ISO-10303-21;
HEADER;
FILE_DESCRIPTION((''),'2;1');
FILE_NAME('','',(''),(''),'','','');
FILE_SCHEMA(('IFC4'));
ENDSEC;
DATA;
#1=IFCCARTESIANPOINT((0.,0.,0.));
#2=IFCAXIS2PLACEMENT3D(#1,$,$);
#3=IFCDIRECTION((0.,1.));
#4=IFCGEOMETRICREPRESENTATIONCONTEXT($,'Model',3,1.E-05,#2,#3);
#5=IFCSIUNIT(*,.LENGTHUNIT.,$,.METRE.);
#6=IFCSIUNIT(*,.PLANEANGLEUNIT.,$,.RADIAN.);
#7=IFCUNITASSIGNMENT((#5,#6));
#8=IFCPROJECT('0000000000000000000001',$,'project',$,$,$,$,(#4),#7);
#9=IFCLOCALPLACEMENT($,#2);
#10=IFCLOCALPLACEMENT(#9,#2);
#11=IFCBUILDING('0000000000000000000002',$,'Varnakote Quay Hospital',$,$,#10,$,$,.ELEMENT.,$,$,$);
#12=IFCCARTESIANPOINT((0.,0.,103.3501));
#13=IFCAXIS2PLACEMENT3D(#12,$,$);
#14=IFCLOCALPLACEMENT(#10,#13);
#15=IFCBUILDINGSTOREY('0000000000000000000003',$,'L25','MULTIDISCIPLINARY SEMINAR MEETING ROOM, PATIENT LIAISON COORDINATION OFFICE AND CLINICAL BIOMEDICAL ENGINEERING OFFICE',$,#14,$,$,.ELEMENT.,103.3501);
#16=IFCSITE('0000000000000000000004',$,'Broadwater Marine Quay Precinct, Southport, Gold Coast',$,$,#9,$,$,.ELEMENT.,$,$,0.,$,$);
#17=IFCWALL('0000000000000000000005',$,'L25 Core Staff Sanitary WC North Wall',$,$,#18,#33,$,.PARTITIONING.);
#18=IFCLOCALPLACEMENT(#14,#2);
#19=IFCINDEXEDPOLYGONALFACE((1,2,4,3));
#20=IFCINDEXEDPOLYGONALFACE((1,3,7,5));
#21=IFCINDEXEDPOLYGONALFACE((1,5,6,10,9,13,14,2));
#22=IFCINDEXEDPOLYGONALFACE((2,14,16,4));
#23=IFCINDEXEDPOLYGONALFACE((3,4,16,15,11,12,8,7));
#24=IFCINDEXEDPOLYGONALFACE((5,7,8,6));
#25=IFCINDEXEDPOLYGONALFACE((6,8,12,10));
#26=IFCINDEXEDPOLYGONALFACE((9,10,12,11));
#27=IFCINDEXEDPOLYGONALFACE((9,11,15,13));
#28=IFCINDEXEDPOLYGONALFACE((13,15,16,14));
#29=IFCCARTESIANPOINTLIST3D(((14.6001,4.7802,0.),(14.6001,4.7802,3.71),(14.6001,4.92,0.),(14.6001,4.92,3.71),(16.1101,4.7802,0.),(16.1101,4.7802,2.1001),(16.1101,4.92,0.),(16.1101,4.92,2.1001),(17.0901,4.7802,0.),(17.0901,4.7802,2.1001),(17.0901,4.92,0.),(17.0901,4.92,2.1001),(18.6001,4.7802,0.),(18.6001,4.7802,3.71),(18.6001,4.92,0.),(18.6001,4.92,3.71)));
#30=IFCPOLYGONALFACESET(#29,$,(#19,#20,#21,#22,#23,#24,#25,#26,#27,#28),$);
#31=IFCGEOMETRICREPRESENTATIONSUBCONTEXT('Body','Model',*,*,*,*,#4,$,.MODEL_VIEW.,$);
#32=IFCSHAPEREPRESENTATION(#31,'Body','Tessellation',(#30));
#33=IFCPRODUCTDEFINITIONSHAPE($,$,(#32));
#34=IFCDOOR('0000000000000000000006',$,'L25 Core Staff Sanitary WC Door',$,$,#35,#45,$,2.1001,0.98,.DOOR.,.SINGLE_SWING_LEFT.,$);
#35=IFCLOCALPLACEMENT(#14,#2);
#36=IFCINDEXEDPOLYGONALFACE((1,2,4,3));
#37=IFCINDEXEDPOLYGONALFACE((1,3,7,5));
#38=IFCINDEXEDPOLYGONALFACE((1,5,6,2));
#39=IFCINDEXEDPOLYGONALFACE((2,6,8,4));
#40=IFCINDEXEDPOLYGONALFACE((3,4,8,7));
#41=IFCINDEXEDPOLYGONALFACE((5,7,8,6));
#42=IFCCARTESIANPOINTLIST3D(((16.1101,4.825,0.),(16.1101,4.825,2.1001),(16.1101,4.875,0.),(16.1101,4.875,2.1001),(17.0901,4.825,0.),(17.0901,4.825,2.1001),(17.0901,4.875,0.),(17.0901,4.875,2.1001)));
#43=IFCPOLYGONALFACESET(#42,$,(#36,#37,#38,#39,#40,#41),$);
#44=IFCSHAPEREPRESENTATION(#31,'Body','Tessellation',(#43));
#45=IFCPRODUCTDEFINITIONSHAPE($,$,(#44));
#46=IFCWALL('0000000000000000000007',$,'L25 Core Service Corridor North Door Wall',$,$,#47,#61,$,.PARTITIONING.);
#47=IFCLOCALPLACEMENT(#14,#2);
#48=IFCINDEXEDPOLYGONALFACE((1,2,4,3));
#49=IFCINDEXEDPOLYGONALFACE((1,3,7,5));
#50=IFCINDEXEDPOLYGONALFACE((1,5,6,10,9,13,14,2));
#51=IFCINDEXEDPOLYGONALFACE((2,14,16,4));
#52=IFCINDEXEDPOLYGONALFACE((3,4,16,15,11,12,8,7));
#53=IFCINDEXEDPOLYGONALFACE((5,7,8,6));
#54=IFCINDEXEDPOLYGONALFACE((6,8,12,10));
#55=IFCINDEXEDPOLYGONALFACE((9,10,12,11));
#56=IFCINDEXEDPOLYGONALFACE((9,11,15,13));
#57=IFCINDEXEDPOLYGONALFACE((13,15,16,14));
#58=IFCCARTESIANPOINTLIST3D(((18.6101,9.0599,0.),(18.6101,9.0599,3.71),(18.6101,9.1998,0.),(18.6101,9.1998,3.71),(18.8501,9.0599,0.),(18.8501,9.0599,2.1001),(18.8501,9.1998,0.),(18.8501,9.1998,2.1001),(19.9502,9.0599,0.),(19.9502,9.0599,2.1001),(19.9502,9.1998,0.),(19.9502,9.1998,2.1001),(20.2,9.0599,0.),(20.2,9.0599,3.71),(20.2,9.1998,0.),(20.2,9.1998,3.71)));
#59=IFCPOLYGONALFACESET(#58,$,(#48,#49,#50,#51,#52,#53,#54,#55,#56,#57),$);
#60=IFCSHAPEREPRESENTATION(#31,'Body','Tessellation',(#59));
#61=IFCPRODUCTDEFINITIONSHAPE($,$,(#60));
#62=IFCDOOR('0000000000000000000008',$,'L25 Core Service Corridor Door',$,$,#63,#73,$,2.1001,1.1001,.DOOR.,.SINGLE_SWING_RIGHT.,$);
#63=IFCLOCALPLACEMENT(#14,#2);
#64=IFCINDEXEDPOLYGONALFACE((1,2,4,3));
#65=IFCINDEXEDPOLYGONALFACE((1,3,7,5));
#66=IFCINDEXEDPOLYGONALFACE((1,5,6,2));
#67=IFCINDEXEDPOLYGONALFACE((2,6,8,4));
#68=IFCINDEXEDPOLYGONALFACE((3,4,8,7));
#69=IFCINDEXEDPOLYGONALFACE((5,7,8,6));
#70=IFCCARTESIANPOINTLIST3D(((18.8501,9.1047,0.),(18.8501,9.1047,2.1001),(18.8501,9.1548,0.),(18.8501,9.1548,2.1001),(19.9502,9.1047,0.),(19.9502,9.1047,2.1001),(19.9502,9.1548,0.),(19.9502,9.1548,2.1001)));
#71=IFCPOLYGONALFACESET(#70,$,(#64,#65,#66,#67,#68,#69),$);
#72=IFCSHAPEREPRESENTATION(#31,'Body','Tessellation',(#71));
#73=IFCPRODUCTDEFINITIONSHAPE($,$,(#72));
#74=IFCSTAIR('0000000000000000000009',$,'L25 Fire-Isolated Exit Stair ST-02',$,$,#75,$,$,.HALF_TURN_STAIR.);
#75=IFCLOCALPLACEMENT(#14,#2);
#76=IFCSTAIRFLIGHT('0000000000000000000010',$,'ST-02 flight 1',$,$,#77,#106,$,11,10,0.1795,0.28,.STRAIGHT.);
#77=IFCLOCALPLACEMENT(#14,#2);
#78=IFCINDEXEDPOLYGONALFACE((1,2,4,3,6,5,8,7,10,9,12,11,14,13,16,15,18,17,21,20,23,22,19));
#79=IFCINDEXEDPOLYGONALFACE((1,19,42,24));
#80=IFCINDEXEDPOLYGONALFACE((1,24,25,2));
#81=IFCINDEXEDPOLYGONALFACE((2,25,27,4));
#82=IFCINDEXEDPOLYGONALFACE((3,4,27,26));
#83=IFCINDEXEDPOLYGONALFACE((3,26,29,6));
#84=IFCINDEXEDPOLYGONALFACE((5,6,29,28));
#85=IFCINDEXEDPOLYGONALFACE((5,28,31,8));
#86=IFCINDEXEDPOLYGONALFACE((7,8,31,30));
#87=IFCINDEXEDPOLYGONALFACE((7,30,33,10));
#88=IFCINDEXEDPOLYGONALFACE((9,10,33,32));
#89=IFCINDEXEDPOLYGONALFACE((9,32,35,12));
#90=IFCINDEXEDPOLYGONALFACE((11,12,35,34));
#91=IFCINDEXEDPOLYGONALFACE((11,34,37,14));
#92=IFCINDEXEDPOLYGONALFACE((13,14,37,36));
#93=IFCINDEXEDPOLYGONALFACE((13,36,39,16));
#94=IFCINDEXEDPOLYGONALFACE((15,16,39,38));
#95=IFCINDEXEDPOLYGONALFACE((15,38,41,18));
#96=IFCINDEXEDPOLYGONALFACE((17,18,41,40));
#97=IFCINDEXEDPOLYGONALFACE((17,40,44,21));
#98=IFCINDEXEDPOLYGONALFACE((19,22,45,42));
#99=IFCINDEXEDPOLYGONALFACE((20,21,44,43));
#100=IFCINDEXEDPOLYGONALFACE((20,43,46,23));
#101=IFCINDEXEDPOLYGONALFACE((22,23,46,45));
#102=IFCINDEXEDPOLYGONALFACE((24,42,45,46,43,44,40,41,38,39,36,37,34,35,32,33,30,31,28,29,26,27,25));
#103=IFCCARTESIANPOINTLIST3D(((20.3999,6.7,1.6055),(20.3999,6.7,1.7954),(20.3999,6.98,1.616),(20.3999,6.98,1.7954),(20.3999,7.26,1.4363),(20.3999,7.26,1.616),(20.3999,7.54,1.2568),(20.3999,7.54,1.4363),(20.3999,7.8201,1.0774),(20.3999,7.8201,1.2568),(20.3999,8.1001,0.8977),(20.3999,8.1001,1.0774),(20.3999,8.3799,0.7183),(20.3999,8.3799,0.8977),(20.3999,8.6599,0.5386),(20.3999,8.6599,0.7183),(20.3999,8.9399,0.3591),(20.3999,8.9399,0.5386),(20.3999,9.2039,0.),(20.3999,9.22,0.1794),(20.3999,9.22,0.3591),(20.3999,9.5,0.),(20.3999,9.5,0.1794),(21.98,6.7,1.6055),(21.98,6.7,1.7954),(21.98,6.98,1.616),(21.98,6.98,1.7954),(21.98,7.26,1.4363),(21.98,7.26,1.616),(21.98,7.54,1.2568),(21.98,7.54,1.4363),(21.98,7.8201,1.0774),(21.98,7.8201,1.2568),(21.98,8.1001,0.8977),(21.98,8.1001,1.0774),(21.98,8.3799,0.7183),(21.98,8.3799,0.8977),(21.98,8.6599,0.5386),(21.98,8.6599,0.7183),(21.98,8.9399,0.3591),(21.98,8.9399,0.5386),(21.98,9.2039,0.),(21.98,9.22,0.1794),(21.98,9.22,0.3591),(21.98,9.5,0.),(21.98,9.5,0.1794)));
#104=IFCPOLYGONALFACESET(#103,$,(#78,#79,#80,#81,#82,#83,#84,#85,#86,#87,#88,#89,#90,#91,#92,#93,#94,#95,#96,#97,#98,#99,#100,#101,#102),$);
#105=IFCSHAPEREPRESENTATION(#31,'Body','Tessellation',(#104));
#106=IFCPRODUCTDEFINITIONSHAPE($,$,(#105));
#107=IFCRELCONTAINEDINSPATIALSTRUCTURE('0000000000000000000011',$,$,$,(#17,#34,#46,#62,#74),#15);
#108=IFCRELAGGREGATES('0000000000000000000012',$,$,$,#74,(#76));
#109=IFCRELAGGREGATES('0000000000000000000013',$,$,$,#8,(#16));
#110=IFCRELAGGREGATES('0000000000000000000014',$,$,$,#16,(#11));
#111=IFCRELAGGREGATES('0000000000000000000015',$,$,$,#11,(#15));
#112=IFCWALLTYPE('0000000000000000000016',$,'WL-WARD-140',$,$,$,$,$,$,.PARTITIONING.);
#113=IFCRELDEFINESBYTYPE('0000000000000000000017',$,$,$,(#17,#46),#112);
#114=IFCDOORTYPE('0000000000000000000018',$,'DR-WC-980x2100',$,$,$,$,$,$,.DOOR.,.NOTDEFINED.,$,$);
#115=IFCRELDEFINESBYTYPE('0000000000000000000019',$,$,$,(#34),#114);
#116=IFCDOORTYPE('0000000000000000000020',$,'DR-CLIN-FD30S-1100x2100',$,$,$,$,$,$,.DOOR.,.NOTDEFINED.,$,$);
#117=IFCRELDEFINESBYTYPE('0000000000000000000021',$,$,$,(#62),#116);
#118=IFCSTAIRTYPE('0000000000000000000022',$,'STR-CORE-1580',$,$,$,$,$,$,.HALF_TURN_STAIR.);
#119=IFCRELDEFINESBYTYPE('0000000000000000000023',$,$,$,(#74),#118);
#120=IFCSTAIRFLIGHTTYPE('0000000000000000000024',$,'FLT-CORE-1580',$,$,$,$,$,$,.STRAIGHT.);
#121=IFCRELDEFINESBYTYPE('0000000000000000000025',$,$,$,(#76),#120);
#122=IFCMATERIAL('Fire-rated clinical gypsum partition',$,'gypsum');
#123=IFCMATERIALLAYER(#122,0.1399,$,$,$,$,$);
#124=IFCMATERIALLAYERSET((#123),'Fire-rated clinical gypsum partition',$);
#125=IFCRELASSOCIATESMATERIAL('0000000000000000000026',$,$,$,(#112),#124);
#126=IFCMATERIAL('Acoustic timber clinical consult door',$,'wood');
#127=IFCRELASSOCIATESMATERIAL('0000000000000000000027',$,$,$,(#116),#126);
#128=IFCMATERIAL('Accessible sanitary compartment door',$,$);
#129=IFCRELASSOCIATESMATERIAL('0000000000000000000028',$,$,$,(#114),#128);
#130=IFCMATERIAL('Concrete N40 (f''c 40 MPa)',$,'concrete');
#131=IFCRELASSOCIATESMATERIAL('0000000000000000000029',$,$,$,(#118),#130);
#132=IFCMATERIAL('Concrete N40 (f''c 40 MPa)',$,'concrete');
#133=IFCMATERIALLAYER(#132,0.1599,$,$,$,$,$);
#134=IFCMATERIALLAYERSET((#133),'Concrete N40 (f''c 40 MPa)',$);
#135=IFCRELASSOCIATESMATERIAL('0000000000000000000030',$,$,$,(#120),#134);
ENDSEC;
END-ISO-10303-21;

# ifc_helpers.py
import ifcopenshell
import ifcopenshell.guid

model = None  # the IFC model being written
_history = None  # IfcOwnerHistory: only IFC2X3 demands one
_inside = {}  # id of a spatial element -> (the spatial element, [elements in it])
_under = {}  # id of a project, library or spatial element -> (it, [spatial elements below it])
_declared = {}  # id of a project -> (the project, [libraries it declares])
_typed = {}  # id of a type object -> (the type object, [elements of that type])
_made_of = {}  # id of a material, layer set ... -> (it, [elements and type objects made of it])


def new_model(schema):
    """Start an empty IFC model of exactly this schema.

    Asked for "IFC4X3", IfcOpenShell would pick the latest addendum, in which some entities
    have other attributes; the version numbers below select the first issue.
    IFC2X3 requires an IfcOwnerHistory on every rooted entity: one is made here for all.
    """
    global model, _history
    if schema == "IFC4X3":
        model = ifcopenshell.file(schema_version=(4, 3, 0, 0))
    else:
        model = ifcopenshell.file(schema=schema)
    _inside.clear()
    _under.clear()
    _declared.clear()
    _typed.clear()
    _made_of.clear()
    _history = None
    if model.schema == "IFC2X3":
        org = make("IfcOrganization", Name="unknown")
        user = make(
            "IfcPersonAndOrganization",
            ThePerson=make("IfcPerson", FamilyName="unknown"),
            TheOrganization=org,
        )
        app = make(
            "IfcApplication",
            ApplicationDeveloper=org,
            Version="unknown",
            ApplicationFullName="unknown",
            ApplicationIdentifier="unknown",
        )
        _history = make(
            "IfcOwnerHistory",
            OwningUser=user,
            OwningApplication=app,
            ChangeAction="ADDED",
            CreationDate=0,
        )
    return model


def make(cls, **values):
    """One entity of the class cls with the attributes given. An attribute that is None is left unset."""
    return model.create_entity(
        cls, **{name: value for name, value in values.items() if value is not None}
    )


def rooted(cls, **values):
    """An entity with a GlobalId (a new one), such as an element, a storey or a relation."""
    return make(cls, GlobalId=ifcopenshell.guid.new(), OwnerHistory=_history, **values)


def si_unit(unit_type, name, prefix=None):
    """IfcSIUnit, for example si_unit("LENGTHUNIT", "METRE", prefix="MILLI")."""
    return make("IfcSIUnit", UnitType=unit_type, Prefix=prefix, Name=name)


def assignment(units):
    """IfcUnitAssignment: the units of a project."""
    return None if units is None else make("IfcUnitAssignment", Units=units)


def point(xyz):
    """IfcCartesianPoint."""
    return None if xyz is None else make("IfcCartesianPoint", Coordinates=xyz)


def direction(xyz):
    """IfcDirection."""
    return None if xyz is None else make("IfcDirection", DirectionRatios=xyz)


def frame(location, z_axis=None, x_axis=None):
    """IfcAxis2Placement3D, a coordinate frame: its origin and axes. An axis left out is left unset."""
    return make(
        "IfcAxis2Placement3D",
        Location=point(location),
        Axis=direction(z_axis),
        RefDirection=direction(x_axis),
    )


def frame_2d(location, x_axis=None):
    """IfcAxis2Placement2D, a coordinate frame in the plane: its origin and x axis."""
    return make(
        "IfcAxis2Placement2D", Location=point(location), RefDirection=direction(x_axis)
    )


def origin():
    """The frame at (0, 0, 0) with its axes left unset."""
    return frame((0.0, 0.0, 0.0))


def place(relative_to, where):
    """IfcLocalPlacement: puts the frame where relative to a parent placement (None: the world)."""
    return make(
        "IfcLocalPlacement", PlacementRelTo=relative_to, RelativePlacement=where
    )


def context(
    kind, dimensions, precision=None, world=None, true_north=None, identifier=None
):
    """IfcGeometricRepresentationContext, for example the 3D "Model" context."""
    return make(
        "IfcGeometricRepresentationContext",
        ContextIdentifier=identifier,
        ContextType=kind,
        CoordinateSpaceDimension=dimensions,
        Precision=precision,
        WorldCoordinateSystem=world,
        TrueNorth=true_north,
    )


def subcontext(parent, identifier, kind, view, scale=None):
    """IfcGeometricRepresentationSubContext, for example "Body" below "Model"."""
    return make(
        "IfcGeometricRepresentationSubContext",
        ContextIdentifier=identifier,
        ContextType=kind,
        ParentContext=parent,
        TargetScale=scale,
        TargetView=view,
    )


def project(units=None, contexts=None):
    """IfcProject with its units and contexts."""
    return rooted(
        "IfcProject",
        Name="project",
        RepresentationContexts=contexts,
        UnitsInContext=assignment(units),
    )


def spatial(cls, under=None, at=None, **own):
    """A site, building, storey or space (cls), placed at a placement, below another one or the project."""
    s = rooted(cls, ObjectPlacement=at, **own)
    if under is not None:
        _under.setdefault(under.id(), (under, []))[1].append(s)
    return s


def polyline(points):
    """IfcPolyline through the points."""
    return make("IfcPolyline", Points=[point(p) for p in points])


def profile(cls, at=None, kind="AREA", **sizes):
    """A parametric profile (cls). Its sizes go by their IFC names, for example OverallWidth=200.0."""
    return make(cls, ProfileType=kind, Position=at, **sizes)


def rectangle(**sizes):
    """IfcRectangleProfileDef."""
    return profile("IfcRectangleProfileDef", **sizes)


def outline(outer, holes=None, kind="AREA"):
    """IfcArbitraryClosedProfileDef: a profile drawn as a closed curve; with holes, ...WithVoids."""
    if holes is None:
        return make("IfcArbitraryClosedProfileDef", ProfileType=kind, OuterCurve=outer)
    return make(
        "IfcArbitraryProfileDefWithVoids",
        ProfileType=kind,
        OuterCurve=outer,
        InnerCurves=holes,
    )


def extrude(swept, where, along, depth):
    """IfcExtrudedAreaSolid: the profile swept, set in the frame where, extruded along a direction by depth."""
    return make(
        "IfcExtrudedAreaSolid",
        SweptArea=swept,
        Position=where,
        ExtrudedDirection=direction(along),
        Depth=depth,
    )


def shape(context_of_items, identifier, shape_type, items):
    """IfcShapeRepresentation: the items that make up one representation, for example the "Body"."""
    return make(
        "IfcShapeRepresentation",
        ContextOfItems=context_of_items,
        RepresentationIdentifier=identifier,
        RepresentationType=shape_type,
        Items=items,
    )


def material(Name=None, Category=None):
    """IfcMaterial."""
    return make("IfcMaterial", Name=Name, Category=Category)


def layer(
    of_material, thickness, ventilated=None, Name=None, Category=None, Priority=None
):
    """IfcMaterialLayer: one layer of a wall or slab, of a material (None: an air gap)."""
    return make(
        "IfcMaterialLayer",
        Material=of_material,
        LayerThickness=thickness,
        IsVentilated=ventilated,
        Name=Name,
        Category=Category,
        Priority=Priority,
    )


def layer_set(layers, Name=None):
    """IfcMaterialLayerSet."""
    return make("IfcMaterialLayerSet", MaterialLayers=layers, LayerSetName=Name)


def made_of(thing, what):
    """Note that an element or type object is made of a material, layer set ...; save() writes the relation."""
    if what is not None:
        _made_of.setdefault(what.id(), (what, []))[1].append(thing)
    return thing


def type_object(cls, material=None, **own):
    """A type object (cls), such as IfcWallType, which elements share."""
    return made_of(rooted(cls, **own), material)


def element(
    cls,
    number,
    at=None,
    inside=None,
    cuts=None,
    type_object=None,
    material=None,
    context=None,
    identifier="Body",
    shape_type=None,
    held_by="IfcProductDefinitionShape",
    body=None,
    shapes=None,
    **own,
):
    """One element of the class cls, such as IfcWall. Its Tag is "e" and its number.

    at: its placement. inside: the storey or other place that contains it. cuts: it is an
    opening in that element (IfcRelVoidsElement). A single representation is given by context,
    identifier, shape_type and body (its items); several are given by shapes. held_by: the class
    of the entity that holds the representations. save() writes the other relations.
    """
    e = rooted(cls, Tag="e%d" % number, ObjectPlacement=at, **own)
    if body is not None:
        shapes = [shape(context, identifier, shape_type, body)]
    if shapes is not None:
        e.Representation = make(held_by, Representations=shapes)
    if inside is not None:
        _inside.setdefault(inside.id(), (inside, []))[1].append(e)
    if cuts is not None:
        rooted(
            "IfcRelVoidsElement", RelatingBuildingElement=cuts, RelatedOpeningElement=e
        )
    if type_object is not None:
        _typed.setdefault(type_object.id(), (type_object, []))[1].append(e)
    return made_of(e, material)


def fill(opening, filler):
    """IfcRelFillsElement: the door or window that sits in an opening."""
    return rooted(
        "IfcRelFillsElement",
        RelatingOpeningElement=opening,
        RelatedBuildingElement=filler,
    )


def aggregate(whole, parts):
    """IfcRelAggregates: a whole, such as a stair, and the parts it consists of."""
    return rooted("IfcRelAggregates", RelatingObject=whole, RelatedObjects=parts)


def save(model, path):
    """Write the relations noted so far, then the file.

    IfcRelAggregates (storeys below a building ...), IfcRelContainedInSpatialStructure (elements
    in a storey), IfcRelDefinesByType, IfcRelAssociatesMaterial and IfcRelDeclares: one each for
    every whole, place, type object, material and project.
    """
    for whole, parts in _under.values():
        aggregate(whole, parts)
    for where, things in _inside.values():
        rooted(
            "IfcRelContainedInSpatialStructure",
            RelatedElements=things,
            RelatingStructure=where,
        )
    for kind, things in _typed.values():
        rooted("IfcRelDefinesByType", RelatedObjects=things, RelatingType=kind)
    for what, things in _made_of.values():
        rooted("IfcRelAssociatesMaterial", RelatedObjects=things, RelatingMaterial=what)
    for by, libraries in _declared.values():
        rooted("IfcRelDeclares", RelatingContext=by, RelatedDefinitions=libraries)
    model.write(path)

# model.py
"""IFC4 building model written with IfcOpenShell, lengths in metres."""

from ifc_helpers import new_model, si_unit, direction, frame, frame_2d, origin, place, context, subcontext, project, spatial, polyline, rectangle, outline, extrude, material, layer, layer_set, type_object, element, fill, aggregate, save


model = new_model("IFC4")

# Units and contexts
model_context = context("Model", 3, precision=1e-05, world=origin(), true_north=direction((0.0, 1.0)))
body_context = subcontext(model_context, "Body", "Model", "MODEL_VIEW")
ifc_project = project(units=[si_unit("LENGTHUNIT", "METRE"), si_unit("PLANEANGLEUNIT", "RADIAN")], contexts=[model_context])

# Site, building, storey
site_placement = place(None, origin())
site = spatial("IfcSite", under=ifc_project, at=site_placement, Name="Broadwater Marine Quay Precinct, Southport, Gold Coast", CompositionType="ELEMENT", RefElevation=0.0)
building_placement = place(site_placement, origin())
building = spatial("IfcBuilding", under=site, at=building_placement, Name="Varnakote Quay Hospital", CompositionType="ELEMENT")
storey_placement = place(building_placement, frame((0.0, 0.0, 103.3501)))
storey = spatial("IfcBuildingStorey", under=building, at=storey_placement, Name="L25", Description="MULTIDISCIPLINARY SEMINAR MEETING ROOM, PATIENT LIAISON COORDINATION OFFICE AND CLINICAL BIOMEDICAL ENGINEERING OFFICE", CompositionType="ELEMENT", Elevation=103.3501)

# Walls, openings, doors
ifc_material_1 = material(Name="Fire-rated clinical gypsum partition", Category="gypsum")
ifc_layer_1 = layer(ifc_material_1, 0.1399)
ifc_layer_set_1 = layer_set([ifc_layer_1], Name="Fire-rated clinical gypsum partition")
wall_type_1 = type_object("IfcWallType", Name="WL-WARD-140", PredefinedType="PARTITIONING", material=ifc_layer_set_1)
ifc_material_2 = material(Name="Acoustic timber clinical consult door", Category="wood")
door_type_1 = type_object("IfcDoorType", Name="DR-CLIN-FD30S-1100x2100", OperationType="NOTDEFINED", PredefinedType="DOOR", material=ifc_material_2)
wall_1_placement = place(storey_placement, frame((14.6001, 4.8501, 0.0), z_axis=(0.0, 0.0, 1.0), x_axis=(1.0, 0.0, 0.0)))
wall_1 = element("IfcWall", 1, at=wall_1_placement, inside=storey, type_object=wall_type_1, Name="L25 Core Staff Sanitary WC North Wall", PredefinedType="PARTITIONING", context=body_context, shape_type="SweptSolid", body=[
    extrude(rectangle(XDim=4.0, YDim=0.1399, at=frame_2d((2.0, 0.0))), origin(), (0.0, 0.0, 1.0), 3.71),
])
opening_1_placement = place(wall_1_placement, frame((1.51, 0.0, 0.0)))
opening_1 = element("IfcOpeningElement", 2, at=opening_1_placement, cuts=wall_1, PredefinedType="OPENING", context=body_context, shape_type="SweptSolid", body=[
    extrude(rectangle(XDim=0.98, YDim=2.1001, at=frame_2d((0.49, 1.05))), frame((0.0, 0.0798, 0.0), z_axis=(0.0, -1.0, 0.0), x_axis=(1.0, 0.0, 0.0)), (0.0, 0.0, 1.0), 0.1599),
])
ifc_material_3 = material(Name="Accessible sanitary compartment door")
door_type_2 = type_object("IfcDoorType", Name="DR-WC-980x2100", OperationType="NOTDEFINED", PredefinedType="DOOR", material=ifc_material_3)
door_1_placement = place(opening_1_placement, origin())
door_1 = element("IfcDoor", 3, at=door_1_placement, inside=storey, type_object=door_type_2, Name="L25 Core Staff Sanitary WC Door", OperationType="SINGLE_SWING_LEFT", OverallHeight=2.1001, OverallWidth=0.98, PredefinedType="DOOR", context=body_context, shape_type="SweptSolid", body=[
    extrude(rectangle(XDim=0.98, YDim=2.1001, at=frame_2d((0.49, 1.05))), frame((0.0, 0.0249, 0.0), z_axis=(0.0, -1.0, 0.0), x_axis=(1.0, 0.0, 0.0)), (0.0, 0.0, 1.0), 0.05),
])
fill(opening_1, door_1)
wall_2_placement = place(storey_placement, frame((18.6101, 9.1299, 0.0), z_axis=(0.0, 0.0, 1.0), x_axis=(1.0, 0.0, 0.0)))
wall_2 = element("IfcWall", 4, at=wall_2_placement, inside=storey, type_object=wall_type_1, Name="L25 Core Service Corridor North Door Wall", PredefinedType="PARTITIONING", context=body_context, shape_type="SweptSolid", body=[
    extrude(rectangle(XDim=1.5898, YDim=0.1399, at=frame_2d((0.7949, 0.0))), origin(), (0.0, 0.0, 1.0), 3.71),
])
opening_2_placement = place(wall_2_placement, frame((0.24, 0.0, 0.0)))
opening_2 = element("IfcOpeningElement", 5, at=opening_2_placement, cuts=wall_2, PredefinedType="OPENING", context=body_context, shape_type="SweptSolid", body=[
    extrude(rectangle(XDim=1.1001, YDim=2.1001, at=frame_2d((0.55, 1.05))), frame((0.0, 0.0798, 0.0), z_axis=(0.0, -1.0, 0.0), x_axis=(1.0, 0.0, 0.0)), (0.0, 0.0, 1.0), 0.1599),
])
door_2_placement = place(opening_2_placement, origin())
door_2 = element("IfcDoor", 6, at=door_2_placement, inside=storey, type_object=door_type_1, Name="L25 Core Service Corridor Door", OperationType="SINGLE_SWING_RIGHT", OverallHeight=2.1001, OverallWidth=1.1001, PredefinedType="DOOR", context=body_context, shape_type="SweptSolid", body=[
    extrude(rectangle(XDim=1.1001, YDim=2.1001, at=frame_2d((0.55, 1.05))), frame((0.0, 0.0249, 0.0), z_axis=(0.0, -1.0, 0.0), x_axis=(1.0, 0.0, 0.0)), (0.0, 0.0, 1.0), 0.05),
])
fill(opening_2, door_2)

# Stair, stair flight
ifc_material_4 = material(Name="Concrete N40 (f'c 40 MPa)", Category="concrete")
stair_type = type_object("IfcStairType", Name="STR-CORE-1580", PredefinedType="HALF_TURN_STAIR", material=ifc_material_4)
stair_placement = place(storey_placement, origin())
stair = element("IfcStair", 7, at=stair_placement, inside=storey, type_object=stair_type, Name="L25 Fire-Isolated Exit Stair ST-02", PredefinedType="HALF_TURN_STAIR")
ifc_material_5 = material(Name="Concrete N40 (f'c 40 MPa)", Category="concrete")
ifc_layer_2 = layer(ifc_material_5, 0.1599)
ifc_layer_set_2 = layer_set([ifc_layer_2], Name="Concrete N40 (f'c 40 MPa)")
stair_flight_type = type_object("IfcStairFlightType", Name="FLT-CORE-1580", PredefinedType="STRAIGHT", material=ifc_layer_set_2)
stair_flight_placement = place(storey_placement, frame((21.1899, 9.5, 0.0), z_axis=(0.0, 0.0, 1.0), x_axis=(0.0, -1.0, 0.0)))
stair_flight = element("IfcStairFlight", 8, at=stair_flight_placement, type_object=stair_flight_type, Name="ST-02 flight 1", NumberOfRisers=11, NumberOfTreads=10, PredefinedType="STRAIGHT", RiserHeight=0.1795, TreadLength=0.28, context=body_context, shape_type="SweptSolid", body=[
    extrude(outline(polyline([(0.0, 0.0), (0.0, 0.1794), (0.28, 0.1794), (0.28, 0.3591), (0.5601, 0.3591), (0.5601, 0.5386), (0.8401, 0.5386), (0.8401, 0.7183), (1.1201, 0.7183), (1.1201, 0.8977), (1.3999, 0.8977), (1.3999, 1.0774), (1.6799, 1.0774), (1.6799, 1.2568), (1.96, 1.2568), (1.96, 1.4363), (2.24, 1.4363), (2.24, 1.616), (2.52, 1.616), (2.52, 1.7954), (2.8, 1.7954), (2.8, 1.9751), (2.8, 1.6055), (0.2961, 0.0), (0.0, 0.0)])), frame((0.0, 0.79, 0.0), z_axis=(0.0, -1.0, 0.0), x_axis=(1.0, 0.0, 0.0)), (0.0, 0.0, 1.0), 1.5801),
])
aggregate(stair, [stair_flight])

save(model, "model.ifc")
